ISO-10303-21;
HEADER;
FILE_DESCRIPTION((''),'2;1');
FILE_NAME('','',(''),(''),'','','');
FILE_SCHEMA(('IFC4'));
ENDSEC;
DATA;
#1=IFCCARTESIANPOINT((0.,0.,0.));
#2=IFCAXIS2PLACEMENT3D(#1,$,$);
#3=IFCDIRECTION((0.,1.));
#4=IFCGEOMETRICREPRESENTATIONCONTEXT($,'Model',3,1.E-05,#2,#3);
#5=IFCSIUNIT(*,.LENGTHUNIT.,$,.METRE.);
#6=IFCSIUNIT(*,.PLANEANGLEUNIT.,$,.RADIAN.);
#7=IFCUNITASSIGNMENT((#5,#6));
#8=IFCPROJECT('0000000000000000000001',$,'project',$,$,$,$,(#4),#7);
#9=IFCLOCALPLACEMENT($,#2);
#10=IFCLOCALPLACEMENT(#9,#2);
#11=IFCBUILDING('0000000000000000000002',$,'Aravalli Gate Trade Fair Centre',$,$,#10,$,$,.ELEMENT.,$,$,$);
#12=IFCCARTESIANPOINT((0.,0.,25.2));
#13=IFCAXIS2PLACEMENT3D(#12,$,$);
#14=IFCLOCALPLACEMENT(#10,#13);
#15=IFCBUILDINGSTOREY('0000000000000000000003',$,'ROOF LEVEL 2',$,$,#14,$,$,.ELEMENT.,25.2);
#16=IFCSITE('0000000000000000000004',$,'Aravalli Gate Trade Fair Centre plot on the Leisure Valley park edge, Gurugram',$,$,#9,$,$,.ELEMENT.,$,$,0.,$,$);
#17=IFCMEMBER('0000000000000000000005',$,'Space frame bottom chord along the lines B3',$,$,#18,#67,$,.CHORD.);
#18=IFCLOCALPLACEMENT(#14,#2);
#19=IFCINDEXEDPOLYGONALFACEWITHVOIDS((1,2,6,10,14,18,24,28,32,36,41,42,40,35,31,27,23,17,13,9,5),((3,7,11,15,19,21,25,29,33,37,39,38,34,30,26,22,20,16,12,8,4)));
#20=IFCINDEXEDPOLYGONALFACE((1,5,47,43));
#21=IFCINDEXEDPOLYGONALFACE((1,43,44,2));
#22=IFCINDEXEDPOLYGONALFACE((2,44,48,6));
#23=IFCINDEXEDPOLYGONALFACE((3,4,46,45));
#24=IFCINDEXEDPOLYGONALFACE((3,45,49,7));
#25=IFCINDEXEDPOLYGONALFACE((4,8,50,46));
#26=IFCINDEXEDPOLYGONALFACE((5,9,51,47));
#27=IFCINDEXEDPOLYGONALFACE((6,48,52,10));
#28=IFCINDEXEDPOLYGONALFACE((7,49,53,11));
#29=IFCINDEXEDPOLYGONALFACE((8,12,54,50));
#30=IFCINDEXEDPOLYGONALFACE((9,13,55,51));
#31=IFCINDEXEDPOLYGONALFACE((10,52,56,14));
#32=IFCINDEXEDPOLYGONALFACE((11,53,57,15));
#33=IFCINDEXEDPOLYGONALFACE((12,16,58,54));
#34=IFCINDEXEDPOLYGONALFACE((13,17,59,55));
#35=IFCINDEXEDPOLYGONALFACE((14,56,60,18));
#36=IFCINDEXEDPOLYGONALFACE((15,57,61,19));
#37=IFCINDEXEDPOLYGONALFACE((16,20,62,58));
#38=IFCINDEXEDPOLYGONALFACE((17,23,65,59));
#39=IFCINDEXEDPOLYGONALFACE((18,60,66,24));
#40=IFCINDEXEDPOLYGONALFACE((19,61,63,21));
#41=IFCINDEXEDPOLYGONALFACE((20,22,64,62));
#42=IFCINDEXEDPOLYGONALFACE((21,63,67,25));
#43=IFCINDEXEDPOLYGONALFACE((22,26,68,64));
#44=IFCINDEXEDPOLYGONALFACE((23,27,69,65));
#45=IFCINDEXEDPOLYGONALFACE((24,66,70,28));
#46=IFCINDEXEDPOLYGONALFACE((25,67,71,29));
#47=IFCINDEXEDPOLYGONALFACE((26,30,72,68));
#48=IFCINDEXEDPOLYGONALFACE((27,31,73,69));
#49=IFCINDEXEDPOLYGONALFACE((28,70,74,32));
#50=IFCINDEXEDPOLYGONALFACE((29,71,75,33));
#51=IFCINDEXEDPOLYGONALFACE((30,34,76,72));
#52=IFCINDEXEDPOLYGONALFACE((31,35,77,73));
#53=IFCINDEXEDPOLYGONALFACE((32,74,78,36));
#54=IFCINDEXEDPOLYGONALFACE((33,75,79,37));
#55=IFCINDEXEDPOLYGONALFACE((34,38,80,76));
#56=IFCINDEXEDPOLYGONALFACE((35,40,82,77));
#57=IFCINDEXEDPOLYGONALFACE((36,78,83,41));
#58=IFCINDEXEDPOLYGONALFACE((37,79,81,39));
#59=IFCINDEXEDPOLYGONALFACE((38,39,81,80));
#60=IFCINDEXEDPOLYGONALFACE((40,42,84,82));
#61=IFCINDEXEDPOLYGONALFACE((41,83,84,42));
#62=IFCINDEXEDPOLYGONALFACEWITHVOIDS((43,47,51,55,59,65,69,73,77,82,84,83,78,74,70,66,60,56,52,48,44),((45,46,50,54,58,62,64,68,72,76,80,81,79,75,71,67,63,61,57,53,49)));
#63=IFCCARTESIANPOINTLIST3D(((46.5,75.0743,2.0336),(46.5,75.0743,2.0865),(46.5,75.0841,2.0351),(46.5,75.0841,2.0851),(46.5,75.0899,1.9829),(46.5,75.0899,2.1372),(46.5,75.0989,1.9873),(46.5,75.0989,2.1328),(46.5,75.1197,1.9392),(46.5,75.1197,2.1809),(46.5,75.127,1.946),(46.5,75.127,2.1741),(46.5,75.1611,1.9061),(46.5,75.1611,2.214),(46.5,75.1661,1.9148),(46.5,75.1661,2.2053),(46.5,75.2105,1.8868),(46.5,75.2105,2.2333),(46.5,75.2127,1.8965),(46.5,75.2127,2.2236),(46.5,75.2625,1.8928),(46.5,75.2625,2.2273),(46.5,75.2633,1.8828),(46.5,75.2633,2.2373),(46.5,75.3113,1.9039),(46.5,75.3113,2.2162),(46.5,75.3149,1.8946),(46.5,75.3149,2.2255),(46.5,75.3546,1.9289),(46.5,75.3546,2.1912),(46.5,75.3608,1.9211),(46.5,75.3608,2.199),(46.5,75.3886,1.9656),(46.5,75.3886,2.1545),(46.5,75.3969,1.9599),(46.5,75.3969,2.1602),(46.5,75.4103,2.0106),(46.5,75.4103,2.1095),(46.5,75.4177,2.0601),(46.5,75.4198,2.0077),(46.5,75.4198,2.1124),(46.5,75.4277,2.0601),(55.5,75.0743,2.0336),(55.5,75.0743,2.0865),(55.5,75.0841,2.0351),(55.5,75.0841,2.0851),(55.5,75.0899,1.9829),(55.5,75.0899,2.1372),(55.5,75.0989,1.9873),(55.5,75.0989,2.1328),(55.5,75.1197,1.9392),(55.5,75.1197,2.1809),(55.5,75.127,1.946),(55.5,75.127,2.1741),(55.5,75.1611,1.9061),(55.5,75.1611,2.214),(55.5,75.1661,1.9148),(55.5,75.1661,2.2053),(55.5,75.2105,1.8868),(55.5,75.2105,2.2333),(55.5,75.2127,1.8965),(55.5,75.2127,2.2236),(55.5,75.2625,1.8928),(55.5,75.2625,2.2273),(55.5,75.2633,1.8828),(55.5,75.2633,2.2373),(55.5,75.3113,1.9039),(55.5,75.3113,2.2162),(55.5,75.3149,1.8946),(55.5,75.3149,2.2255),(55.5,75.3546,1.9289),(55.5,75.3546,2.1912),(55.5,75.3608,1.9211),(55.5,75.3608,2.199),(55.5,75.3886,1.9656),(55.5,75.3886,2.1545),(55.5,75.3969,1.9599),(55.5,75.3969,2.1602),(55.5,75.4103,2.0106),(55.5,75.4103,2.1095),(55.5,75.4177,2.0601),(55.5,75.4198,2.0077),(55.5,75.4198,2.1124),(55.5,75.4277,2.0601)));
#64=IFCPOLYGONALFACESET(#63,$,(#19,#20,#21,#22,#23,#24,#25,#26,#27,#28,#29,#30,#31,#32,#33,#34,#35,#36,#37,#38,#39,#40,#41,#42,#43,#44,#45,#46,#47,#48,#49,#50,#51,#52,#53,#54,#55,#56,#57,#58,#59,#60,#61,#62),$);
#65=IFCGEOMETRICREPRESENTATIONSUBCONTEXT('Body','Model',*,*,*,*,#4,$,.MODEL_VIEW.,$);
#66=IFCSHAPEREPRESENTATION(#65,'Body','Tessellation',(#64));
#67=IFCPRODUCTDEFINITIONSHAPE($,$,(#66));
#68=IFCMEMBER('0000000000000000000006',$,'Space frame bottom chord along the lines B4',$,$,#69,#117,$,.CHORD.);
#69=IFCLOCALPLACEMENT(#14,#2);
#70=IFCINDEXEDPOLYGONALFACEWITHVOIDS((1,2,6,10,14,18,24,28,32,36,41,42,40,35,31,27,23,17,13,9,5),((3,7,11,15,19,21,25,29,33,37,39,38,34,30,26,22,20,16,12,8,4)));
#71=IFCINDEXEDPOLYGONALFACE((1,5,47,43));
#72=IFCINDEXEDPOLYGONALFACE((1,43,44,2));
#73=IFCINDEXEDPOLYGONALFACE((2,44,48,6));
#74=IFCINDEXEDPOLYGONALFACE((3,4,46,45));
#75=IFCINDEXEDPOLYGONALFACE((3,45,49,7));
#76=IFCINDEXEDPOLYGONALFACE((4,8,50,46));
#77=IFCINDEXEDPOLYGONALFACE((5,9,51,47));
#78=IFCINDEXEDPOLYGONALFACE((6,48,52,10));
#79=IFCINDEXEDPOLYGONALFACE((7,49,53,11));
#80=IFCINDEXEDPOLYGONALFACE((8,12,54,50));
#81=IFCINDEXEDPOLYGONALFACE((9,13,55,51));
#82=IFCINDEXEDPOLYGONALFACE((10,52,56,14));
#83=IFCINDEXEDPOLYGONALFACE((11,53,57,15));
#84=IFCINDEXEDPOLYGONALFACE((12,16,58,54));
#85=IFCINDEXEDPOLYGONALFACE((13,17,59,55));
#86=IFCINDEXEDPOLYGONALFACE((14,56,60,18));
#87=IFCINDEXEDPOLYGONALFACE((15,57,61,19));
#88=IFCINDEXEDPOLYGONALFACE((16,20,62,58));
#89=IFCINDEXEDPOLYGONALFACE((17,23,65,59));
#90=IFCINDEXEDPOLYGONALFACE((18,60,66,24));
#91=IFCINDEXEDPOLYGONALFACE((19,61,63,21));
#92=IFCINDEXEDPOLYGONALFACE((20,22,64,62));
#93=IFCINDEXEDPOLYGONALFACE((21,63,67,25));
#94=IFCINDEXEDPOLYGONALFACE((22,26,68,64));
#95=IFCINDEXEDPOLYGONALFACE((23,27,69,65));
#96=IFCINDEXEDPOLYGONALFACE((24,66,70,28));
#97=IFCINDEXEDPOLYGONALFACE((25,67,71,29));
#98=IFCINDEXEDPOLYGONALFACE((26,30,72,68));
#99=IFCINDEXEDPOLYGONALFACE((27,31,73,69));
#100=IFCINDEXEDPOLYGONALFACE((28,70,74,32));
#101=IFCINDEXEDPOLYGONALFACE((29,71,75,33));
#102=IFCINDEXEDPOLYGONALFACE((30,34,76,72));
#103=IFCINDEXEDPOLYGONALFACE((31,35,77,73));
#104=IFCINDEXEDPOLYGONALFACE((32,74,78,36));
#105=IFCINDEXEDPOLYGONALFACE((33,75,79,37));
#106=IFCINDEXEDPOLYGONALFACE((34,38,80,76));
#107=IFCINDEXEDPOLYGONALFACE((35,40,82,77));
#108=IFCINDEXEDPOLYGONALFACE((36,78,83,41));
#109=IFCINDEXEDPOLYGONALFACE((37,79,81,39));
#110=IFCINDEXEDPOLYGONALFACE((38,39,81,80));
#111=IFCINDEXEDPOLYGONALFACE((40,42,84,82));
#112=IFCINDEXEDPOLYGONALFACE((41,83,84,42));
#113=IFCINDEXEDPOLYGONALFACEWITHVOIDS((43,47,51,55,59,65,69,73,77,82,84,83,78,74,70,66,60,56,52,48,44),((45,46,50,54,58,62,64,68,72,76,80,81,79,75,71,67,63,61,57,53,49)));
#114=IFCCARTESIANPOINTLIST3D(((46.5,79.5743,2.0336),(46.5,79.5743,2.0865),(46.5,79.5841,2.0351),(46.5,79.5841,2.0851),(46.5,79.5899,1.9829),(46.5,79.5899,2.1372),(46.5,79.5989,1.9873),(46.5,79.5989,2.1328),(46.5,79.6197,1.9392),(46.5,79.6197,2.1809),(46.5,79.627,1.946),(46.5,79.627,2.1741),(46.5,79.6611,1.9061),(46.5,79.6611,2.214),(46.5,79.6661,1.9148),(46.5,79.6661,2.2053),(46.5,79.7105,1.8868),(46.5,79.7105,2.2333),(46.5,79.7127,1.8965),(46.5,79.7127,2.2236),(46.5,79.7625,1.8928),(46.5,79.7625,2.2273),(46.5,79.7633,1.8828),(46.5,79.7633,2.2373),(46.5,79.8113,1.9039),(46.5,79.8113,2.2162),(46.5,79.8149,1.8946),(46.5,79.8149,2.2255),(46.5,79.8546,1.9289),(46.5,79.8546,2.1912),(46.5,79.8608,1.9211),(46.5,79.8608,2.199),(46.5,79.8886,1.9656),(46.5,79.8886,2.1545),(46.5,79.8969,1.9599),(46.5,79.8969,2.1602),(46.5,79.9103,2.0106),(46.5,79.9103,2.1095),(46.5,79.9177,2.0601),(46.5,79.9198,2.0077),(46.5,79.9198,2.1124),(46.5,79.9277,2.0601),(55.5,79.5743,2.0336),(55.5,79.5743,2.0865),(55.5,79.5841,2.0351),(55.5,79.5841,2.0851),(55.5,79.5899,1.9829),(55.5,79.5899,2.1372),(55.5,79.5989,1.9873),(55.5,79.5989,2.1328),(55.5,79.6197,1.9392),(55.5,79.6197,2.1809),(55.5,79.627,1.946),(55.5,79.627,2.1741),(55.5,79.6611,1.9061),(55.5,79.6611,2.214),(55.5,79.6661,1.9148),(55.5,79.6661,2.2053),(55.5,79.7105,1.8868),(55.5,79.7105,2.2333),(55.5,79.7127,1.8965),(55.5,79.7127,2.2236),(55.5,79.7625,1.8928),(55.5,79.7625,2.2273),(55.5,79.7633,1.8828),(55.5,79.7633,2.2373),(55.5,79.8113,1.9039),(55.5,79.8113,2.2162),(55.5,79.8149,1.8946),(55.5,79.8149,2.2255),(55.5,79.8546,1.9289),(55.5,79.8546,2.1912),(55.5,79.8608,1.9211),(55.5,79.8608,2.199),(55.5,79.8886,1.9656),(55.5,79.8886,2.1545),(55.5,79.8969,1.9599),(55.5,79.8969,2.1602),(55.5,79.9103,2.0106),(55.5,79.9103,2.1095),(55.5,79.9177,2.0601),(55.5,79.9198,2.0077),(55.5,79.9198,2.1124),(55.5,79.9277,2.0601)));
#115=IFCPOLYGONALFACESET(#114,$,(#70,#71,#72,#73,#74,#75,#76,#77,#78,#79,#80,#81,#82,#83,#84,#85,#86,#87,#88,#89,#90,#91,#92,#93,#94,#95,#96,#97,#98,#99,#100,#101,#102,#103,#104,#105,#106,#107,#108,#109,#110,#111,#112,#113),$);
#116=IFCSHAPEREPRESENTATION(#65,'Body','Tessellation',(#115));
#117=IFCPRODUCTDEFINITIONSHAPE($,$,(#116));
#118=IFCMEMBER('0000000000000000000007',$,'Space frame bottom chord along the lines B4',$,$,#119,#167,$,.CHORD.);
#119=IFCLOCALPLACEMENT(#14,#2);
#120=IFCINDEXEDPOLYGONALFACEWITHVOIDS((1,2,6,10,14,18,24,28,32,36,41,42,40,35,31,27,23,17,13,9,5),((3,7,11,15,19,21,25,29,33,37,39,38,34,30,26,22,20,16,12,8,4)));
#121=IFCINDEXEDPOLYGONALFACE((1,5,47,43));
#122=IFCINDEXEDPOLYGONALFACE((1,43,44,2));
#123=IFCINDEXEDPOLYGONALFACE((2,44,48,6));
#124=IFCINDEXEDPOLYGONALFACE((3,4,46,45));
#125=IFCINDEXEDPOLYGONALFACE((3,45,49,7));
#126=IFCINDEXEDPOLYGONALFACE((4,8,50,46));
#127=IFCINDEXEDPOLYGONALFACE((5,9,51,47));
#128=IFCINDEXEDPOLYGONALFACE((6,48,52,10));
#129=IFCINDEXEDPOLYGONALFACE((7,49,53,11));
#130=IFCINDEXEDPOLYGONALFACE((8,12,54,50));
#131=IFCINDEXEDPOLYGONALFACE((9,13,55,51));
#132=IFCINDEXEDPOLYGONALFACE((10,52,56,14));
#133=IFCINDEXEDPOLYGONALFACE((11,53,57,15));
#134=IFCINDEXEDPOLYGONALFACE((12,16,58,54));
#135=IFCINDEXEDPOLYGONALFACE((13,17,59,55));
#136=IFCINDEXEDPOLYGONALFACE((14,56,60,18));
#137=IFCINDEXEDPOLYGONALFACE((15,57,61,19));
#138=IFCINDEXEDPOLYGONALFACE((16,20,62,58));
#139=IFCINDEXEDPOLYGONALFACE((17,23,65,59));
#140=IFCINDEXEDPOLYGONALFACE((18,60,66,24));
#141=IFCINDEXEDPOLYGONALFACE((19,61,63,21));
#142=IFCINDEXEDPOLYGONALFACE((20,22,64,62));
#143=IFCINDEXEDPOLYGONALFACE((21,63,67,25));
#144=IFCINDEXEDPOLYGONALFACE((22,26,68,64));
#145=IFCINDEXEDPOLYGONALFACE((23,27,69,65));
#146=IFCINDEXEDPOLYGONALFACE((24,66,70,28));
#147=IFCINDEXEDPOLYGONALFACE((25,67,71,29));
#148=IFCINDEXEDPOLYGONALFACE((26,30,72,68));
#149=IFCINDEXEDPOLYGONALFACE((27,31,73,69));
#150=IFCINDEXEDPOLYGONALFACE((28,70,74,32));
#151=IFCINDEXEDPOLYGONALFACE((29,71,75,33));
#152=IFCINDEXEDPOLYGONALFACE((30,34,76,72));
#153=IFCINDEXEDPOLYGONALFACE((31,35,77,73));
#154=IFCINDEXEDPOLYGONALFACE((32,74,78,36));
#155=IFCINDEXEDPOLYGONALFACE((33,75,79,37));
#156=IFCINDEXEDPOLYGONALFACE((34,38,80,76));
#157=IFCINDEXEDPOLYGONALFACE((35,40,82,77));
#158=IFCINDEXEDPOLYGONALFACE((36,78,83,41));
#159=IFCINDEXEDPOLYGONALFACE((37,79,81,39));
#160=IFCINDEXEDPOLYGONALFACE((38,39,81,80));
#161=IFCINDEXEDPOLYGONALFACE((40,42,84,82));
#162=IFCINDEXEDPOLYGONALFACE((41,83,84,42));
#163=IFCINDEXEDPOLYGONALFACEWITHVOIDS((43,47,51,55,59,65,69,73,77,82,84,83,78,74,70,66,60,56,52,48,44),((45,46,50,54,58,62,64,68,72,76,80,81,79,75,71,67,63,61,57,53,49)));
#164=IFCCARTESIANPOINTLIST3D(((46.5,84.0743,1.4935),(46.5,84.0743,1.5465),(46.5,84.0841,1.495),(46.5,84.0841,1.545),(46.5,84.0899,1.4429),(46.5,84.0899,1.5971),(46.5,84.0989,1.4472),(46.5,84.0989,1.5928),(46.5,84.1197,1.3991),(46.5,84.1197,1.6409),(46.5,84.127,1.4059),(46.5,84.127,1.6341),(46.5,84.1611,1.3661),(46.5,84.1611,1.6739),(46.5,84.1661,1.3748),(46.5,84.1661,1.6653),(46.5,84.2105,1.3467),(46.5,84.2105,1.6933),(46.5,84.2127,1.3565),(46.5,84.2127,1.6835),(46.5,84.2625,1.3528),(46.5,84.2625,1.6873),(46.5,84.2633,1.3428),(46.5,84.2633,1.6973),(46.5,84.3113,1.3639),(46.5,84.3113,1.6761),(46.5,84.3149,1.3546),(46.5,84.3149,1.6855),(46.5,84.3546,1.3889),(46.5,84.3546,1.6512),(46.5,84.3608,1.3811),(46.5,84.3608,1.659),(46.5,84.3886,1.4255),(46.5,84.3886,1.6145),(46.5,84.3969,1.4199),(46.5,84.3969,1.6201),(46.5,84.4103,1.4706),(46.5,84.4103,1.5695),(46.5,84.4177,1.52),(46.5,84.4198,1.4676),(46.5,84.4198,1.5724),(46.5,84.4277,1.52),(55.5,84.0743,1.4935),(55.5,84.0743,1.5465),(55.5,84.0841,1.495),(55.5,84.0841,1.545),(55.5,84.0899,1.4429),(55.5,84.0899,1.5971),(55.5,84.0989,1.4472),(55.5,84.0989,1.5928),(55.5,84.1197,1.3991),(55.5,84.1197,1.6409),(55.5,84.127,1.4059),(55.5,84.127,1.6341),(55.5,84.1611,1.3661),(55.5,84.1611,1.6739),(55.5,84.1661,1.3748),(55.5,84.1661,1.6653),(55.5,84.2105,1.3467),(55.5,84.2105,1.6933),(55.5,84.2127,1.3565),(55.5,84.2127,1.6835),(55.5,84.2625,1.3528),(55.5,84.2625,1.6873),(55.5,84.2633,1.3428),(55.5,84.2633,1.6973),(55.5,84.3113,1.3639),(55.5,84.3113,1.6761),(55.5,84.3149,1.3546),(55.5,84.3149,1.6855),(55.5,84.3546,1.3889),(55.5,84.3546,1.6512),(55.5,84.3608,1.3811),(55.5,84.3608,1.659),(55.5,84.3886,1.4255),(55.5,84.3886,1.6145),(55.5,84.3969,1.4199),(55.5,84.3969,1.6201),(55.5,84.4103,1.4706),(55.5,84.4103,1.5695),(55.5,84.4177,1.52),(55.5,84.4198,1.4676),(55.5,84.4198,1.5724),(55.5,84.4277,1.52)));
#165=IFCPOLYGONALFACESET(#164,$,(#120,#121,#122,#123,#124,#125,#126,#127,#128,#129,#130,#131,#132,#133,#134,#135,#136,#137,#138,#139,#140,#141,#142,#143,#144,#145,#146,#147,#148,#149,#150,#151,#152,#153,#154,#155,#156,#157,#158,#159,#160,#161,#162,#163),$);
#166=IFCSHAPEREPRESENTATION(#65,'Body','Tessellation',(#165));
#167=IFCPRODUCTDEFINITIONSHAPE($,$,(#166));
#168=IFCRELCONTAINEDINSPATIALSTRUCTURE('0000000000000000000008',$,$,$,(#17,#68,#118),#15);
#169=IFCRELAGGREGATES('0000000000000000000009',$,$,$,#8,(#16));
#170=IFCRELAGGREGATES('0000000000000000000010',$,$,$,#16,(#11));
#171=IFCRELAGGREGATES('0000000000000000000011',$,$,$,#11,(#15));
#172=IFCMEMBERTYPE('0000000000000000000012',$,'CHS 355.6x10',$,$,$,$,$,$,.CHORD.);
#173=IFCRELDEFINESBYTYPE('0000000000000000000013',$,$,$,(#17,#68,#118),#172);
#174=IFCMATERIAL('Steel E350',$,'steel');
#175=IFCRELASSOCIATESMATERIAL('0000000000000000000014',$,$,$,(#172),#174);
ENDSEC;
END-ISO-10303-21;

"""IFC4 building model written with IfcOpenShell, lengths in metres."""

from ifc_helpers import new_model, si_unit, direction, frame, origin, origin_2d, place, context, subcontext, project, spatial, hollow_circle, extrude, material, material_profile, profile_set, type_object, element, save


model = new_model("IFC4")

# Units and contexts
model_context = context("Model", 3, precision=1e-05, world=origin(), true_north=direction((0.0, 1.0)))
body_context = subcontext(model_context, "Body", "Model", "MODEL_VIEW")
ifc_project = project(units=[si_unit("LENGTHUNIT", "METRE"), si_unit("PLANEANGLEUNIT", "RADIAN")], contexts=[model_context])

# Site, building, storey
site_placement = place(None, origin())
site = spatial("IfcSite", under=ifc_project, at=site_placement, Name="Aravalli Gate Trade Fair Centre plot on the Leisure Valley park edge, Gurugram", CompositionType="ELEMENT", RefElevation=0.0)
building_placement = place(site_placement, origin())
building = spatial("IfcBuilding", under=site, at=building_placement, Name="Aravalli Gate Trade Fair Centre", CompositionType="ELEMENT")
storey_placement = place(building_placement, frame((0.0, 0.0, 25.2)))
storey = spatial("IfcBuildingStorey", under=building, at=storey_placement, Name="ROOF LEVEL 2", CompositionType="ELEMENT", Elevation=25.2)

# Members
ifc_material_1 = material(Name="Steel E350", Category="steel")
ifc_material_profile_1 = material_profile(ifc_material_1, hollow_circle(Radius=0.1777, WallThickness=0.01, at=origin_2d()), Name="CHS 355.6x10")
ifc_profile_set_1 = profile_set([ifc_material_profile_1], Name="Steel E350")
member_type_1 = type_object("IfcMemberType", Name="CHS 355.6x10", PredefinedType="CHORD", material=ifc_profile_set_1)
for number, where, z_axis, x_axis, name in (
    (1, (46.5, 75.25, 2.0601), (1.0, 0.0, 0.0), (0.0, 1.0, 0.0), "Space frame bottom chord along the lines B3"),
    (2, (46.5, 79.75, 2.0601), (1.0, 0.0, 0.0), (0.0, 1.0, 0.0), "Space frame bottom chord along the lines B4"),
    (3, (46.5, 84.25, 1.52), (1.0, 0.0, 0.0), (0.0, 1.0, 0.0), "Space frame bottom chord along the lines B4"),
):
    element("IfcMember", number, at=place(storey_placement, frame(where, z_axis=z_axis, x_axis=x_axis)), inside=storey, type_object=member_type_1, Name=name, PredefinedType="CHORD", context=body_context, shape_type="SweptSolid", body=[
        extrude(hollow_circle(Radius=0.1777, WallThickness=0.01, at=origin_2d()), origin(), (0.0, 0.0, 1.0), 9.0),
    ])

save(model, "model.ifc")
